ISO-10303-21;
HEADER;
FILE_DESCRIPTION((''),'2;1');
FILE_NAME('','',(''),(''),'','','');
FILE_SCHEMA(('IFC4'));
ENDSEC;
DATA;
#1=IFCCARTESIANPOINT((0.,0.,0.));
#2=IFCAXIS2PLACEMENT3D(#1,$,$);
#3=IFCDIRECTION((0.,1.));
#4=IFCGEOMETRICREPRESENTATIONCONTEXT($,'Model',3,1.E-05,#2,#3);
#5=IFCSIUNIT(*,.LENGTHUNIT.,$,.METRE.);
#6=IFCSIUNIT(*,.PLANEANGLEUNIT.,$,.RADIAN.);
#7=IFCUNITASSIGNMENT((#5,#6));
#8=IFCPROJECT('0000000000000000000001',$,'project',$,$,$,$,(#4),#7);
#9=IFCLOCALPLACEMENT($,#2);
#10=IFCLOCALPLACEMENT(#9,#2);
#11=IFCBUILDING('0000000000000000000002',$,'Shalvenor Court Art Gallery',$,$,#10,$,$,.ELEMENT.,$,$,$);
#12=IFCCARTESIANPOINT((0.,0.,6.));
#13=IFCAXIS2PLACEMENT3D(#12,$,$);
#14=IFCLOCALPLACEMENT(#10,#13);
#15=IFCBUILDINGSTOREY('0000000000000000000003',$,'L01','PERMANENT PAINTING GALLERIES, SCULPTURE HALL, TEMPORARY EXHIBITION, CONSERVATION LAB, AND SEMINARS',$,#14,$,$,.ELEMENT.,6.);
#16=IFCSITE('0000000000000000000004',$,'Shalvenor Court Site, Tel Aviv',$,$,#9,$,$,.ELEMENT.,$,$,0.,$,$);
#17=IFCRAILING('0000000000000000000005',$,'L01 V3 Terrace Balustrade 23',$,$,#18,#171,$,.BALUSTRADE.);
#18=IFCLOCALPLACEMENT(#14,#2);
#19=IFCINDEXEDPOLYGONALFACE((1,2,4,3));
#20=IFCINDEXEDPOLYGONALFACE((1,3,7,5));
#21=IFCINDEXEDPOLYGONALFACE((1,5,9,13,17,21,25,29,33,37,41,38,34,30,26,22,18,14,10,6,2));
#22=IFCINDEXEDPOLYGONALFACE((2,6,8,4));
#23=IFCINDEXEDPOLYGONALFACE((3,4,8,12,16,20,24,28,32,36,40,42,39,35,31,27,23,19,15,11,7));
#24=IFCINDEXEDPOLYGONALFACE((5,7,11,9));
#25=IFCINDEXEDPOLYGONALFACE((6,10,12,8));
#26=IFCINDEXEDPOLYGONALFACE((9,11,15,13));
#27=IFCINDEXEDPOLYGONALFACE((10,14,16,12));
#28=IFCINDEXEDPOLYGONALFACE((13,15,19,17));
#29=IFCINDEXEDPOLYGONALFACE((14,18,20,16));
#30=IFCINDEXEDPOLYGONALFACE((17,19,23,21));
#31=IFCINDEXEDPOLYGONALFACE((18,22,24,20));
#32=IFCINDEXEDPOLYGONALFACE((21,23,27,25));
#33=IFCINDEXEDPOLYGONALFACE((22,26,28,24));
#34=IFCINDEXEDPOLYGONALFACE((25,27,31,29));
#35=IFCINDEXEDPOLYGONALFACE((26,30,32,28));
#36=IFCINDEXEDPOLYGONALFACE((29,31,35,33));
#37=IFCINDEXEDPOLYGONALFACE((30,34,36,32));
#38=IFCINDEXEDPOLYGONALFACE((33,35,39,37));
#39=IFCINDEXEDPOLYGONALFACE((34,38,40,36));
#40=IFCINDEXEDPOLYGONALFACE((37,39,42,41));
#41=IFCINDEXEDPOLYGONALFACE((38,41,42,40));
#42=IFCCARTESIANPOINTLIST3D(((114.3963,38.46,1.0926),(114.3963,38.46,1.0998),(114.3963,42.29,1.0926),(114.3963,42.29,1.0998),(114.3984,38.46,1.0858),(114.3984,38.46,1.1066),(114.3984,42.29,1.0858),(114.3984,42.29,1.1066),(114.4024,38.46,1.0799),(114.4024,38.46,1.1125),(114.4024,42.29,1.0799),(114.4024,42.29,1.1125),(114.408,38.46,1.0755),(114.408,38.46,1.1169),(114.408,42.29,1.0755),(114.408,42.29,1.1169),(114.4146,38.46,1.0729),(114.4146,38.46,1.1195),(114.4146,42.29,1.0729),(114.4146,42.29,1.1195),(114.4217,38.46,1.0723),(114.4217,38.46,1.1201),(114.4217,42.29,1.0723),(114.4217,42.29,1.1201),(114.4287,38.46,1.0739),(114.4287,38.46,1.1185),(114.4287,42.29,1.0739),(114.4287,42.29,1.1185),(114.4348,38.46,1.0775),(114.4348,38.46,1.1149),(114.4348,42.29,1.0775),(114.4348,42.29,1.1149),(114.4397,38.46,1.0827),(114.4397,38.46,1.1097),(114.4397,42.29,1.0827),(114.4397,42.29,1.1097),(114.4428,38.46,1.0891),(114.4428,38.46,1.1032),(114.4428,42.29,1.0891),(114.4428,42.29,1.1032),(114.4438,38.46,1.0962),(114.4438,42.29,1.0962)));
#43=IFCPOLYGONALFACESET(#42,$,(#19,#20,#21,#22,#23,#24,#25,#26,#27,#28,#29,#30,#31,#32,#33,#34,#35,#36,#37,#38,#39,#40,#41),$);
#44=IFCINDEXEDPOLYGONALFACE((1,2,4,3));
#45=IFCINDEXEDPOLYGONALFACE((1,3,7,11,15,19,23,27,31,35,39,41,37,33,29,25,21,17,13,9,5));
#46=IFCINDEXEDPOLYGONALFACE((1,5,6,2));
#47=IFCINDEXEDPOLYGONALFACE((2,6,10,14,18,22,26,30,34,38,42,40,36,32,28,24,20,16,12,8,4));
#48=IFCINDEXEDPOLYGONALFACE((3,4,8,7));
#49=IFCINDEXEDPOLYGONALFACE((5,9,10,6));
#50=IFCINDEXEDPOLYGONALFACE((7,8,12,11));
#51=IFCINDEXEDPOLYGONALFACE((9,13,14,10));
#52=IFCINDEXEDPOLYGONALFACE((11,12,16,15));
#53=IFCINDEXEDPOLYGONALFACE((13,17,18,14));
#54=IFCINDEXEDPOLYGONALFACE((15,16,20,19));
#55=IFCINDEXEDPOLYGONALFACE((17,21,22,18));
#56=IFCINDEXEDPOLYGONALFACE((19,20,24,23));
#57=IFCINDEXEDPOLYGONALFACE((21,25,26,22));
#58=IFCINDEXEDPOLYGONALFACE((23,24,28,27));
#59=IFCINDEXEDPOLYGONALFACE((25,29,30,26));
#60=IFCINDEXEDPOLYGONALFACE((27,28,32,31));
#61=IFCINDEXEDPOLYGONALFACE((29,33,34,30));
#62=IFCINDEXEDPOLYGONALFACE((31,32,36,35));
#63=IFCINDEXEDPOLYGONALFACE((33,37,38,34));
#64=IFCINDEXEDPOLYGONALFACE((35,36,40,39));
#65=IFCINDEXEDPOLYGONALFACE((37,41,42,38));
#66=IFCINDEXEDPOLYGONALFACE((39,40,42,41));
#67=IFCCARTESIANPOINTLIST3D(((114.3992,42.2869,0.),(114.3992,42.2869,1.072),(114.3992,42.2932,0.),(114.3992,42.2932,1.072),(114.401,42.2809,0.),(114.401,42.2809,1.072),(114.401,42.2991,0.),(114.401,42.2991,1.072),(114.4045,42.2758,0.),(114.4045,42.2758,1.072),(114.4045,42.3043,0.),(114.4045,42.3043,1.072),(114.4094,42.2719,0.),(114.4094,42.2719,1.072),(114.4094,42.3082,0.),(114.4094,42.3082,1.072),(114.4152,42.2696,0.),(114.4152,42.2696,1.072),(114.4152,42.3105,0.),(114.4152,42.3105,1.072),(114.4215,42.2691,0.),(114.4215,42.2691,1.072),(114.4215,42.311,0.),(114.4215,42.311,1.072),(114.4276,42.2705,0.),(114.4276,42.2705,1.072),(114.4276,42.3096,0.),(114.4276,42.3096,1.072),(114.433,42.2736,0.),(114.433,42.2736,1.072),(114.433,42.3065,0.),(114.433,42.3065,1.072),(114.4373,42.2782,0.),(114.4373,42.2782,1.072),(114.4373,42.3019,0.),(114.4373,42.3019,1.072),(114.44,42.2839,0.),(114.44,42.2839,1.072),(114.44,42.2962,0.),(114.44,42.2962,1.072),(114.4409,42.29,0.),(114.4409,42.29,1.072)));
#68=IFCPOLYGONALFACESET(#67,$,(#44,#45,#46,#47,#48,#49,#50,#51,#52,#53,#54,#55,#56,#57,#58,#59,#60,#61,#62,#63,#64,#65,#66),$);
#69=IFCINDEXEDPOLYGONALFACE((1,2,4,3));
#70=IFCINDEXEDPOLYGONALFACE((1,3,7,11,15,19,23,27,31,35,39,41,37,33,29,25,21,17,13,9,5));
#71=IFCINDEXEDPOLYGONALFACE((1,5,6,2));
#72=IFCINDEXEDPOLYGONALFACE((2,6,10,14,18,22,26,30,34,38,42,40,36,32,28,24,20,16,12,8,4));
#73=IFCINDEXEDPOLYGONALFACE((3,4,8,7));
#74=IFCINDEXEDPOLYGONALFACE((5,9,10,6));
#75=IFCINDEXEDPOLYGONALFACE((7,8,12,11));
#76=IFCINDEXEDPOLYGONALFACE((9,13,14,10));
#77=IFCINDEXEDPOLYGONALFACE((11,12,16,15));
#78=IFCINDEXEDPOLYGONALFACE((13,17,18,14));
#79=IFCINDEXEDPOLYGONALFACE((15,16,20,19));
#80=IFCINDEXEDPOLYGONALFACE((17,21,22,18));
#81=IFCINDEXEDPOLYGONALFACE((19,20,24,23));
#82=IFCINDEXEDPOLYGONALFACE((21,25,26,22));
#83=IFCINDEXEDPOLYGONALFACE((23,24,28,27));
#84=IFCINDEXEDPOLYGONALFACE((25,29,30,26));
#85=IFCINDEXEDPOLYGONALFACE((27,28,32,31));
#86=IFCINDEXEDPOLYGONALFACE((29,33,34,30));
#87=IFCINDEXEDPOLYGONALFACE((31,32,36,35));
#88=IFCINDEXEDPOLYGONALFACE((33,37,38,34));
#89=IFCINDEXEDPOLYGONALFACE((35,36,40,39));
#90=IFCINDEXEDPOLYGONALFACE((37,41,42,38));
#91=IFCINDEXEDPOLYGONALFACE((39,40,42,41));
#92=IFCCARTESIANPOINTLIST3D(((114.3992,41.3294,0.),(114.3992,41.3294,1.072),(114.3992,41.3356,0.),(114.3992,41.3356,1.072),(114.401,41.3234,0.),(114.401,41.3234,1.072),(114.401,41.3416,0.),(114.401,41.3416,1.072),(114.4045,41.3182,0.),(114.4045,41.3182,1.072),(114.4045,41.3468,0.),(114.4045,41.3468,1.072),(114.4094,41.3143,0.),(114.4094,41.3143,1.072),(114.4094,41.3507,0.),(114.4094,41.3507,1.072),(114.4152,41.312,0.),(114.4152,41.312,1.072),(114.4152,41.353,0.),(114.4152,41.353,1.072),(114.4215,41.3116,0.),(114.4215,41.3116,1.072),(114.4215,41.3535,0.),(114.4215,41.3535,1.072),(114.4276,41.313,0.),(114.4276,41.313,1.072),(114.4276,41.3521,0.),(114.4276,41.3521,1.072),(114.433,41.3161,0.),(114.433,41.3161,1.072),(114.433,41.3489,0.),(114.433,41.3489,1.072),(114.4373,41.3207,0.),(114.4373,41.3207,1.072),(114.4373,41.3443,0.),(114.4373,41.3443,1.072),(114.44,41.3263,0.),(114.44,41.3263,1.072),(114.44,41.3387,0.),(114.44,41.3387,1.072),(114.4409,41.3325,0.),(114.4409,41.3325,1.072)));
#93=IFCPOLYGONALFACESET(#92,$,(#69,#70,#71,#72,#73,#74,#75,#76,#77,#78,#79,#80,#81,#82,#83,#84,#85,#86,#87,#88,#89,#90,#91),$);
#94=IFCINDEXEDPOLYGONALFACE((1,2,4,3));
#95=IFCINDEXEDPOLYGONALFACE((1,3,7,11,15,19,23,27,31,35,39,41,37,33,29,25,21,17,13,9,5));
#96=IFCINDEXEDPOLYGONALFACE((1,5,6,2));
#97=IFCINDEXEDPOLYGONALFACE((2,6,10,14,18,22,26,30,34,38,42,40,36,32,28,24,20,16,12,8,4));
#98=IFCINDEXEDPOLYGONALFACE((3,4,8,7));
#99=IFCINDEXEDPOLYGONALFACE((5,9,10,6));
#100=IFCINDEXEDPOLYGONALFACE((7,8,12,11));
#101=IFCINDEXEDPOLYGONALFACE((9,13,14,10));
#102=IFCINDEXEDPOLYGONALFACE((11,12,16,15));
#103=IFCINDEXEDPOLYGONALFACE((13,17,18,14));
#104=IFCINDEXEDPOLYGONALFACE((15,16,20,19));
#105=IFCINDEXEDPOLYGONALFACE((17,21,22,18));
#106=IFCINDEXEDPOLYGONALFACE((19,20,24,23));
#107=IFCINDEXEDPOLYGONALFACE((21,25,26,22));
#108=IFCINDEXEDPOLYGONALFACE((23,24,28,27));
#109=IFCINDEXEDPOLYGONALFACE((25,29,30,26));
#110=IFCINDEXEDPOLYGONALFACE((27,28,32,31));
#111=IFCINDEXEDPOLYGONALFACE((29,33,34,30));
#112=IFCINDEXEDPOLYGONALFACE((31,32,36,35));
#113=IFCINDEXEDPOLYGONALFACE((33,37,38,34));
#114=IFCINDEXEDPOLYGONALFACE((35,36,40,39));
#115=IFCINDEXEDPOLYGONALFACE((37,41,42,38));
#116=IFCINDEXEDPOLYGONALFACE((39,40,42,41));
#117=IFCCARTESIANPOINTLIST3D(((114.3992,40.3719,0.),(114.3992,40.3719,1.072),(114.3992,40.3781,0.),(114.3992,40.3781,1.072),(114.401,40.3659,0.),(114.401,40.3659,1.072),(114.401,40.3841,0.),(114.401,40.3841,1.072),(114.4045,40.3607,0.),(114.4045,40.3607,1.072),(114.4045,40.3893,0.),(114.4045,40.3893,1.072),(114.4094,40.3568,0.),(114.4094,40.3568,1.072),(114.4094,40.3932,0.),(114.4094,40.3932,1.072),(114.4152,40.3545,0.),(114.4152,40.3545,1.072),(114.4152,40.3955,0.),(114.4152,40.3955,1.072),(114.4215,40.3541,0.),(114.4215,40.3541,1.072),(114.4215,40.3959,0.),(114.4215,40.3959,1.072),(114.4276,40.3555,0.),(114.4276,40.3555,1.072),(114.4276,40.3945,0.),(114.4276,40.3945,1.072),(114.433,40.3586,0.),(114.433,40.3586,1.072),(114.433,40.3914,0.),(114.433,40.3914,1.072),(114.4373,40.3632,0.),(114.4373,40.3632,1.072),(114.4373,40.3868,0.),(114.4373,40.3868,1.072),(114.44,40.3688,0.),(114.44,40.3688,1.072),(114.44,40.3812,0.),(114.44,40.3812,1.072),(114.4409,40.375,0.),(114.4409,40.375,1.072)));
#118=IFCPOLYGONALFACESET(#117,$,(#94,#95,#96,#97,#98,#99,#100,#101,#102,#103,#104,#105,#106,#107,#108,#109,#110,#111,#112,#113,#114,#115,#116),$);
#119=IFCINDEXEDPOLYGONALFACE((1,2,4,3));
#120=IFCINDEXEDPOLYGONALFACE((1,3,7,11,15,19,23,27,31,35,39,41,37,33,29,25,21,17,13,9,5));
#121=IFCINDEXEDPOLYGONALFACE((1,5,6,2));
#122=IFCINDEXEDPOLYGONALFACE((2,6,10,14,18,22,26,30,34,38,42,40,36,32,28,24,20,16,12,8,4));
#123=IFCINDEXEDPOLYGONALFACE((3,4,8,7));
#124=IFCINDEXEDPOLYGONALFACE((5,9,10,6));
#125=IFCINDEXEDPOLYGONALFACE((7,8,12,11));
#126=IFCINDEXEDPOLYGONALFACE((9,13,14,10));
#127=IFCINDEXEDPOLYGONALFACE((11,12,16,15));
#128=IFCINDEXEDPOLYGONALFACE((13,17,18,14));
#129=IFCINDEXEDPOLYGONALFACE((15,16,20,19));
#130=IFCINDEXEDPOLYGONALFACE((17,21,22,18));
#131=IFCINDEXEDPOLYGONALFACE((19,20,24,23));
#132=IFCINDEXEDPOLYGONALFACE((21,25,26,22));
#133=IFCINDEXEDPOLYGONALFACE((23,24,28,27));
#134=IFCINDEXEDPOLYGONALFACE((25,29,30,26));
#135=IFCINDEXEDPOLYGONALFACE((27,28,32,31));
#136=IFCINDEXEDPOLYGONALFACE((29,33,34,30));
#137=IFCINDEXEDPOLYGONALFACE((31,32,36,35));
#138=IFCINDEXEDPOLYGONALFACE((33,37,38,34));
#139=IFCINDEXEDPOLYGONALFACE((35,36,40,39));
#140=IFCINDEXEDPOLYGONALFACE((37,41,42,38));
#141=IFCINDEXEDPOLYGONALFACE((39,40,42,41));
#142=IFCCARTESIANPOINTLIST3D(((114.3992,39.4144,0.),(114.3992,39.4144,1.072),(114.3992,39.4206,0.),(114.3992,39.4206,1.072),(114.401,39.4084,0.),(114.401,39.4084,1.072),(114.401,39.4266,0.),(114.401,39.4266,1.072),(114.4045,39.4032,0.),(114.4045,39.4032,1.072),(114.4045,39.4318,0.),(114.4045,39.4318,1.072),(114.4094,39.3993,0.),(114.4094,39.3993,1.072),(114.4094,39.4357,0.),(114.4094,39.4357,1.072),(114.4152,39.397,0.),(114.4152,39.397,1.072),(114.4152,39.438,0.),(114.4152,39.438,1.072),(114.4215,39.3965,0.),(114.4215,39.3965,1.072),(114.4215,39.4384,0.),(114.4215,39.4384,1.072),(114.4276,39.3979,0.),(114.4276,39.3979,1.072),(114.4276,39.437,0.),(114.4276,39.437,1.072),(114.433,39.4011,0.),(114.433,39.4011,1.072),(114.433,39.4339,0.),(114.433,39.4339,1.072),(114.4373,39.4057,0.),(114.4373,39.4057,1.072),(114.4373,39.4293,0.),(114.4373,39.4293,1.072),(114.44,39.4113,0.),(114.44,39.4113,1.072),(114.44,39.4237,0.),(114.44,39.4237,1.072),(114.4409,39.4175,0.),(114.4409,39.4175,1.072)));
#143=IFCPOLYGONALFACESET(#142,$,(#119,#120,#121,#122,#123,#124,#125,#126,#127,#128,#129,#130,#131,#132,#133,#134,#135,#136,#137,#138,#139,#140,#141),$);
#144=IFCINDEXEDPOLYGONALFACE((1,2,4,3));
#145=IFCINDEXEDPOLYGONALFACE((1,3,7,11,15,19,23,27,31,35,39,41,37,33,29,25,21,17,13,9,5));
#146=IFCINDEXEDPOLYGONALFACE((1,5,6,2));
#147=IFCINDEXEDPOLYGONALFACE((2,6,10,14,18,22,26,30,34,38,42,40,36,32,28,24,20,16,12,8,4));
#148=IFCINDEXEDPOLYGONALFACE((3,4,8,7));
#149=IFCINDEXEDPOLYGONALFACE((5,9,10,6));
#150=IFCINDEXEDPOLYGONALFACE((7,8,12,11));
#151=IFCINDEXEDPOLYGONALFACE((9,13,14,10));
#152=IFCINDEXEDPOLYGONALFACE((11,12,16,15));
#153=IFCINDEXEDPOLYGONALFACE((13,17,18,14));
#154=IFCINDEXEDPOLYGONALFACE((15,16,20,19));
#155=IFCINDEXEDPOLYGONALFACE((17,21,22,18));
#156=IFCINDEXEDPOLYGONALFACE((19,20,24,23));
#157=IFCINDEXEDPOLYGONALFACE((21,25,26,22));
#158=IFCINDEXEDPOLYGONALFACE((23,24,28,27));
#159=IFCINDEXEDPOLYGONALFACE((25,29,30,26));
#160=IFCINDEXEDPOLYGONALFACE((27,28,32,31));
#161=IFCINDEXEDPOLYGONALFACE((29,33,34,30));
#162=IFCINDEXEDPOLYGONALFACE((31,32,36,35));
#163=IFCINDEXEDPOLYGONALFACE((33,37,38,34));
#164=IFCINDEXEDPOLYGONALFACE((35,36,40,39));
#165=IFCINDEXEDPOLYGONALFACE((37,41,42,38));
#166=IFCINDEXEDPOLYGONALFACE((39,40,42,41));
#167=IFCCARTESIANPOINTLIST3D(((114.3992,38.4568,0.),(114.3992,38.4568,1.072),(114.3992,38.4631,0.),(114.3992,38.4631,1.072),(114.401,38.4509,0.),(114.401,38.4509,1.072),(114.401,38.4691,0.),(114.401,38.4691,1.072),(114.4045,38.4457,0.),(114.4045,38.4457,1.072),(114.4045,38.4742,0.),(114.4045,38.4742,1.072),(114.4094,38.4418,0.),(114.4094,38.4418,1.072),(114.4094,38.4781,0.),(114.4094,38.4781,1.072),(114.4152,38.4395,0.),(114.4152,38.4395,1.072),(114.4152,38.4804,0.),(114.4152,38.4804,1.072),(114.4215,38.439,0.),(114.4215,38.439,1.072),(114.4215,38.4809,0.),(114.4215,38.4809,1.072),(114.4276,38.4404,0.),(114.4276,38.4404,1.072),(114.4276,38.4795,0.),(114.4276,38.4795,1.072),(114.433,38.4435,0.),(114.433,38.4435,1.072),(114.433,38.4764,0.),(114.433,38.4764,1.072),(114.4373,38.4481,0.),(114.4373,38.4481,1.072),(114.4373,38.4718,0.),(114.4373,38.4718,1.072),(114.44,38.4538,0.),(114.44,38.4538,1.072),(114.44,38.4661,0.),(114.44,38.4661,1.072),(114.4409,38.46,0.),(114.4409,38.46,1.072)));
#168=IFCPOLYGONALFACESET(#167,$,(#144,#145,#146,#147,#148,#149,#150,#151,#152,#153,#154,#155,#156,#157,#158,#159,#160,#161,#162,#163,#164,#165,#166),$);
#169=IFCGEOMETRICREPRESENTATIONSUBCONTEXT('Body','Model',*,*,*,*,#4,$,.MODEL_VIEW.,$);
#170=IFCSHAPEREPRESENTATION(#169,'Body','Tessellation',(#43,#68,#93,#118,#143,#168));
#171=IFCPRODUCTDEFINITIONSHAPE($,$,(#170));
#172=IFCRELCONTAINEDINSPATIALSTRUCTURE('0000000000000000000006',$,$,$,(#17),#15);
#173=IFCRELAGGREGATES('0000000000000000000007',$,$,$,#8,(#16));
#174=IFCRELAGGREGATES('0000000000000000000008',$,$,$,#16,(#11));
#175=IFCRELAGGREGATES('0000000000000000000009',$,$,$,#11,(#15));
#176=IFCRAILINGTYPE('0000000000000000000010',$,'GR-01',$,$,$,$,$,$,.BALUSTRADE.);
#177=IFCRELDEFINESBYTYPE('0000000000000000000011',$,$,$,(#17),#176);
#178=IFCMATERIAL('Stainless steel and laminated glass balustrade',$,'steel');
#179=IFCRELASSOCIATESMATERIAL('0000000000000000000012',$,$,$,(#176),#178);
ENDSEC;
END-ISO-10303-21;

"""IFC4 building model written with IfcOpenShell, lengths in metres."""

from ifc_helpers import new_model, si_unit, direction, frame, origin, origin_2d, place, context, subcontext, project, spatial, circle, extrude, material, type_object, element, save


model = new_model("IFC4")

# Units and contexts
model_context = context("Model", 3, precision=1e-05, world=origin(), true_north=direction((0.0, 1.0)))
body_context = subcontext(model_context, "Body", "Model", "MODEL_VIEW")
ifc_project = project(units=[si_unit("LENGTHUNIT", "METRE"), si_unit("PLANEANGLEUNIT", "RADIAN")], contexts=[model_context])

# Site, building, storey
site_placement = place(None, origin())
site = spatial("IfcSite", under=ifc_project, at=site_placement, Name="Shalvenor Court Site, Tel Aviv", CompositionType="ELEMENT", RefElevation=0.0)
building_placement = place(site_placement, origin())
building = spatial("IfcBuilding", under=site, at=building_placement, Name="Shalvenor Court Art Gallery", CompositionType="ELEMENT")
storey_placement = place(building_placement, frame((0.0, 0.0, 6.0)))
storey = spatial("IfcBuildingStorey", under=building, at=storey_placement, Name="L01", Description="PERMANENT PAINTING GALLERIES, SCULPTURE HALL, TEMPORARY EXHIBITION, CONSERVATION LAB, AND SEMINARS", CompositionType="ELEMENT", Elevation=6.0)

# Railing
ifc_material_1 = material(Name="Stainless steel and laminated glass balustrade", Category="steel")
railing_type = type_object("IfcRailingType", Name="GR-01", PredefinedType="BALUSTRADE", material=ifc_material_1)
railing_1_placement = place(storey_placement, frame((114.4199, 42.29, 0.0)))
element("IfcRailing", 1, at=railing_1_placement, inside=storey, type_object=railing_type, Name="L01 V3 Terrace Balustrade 23", PredefinedType="BALUSTRADE", context=body_context, shape_type="SweptSolid", body=[
    extrude(circle(Radius=0.0239, at=origin_2d()), frame((0.0, 0.0, 1.0962), z_axis=(0.0, -1.0, 0.0), x_axis=(1.0, 0.0, 0.0)), (0.0, 0.0, 1.0), 3.8301),
    extrude(circle(Radius=0.021, at=origin_2d()), origin(), (0.0, 0.0, 1.0), 1.072),
    extrude(circle(Radius=0.021, at=origin_2d()), frame((0.0, -0.9575, 0.0)), (0.0, 0.0, 1.0), 1.072),
    extrude(circle(Radius=0.021, at=origin_2d()), frame((0.0, -1.915, 0.0)), (0.0, 0.0, 1.0), 1.072),
    extrude(circle(Radius=0.021, at=origin_2d()), frame((0.0, -2.8726, 0.0)), (0.0, 0.0, 1.0), 1.072),
    extrude(circle(Radius=0.021, at=origin_2d()), frame((0.0, -3.8301, 0.0)), (0.0, 0.0, 1.0), 1.072),
])

save(model, "model.ifc")
